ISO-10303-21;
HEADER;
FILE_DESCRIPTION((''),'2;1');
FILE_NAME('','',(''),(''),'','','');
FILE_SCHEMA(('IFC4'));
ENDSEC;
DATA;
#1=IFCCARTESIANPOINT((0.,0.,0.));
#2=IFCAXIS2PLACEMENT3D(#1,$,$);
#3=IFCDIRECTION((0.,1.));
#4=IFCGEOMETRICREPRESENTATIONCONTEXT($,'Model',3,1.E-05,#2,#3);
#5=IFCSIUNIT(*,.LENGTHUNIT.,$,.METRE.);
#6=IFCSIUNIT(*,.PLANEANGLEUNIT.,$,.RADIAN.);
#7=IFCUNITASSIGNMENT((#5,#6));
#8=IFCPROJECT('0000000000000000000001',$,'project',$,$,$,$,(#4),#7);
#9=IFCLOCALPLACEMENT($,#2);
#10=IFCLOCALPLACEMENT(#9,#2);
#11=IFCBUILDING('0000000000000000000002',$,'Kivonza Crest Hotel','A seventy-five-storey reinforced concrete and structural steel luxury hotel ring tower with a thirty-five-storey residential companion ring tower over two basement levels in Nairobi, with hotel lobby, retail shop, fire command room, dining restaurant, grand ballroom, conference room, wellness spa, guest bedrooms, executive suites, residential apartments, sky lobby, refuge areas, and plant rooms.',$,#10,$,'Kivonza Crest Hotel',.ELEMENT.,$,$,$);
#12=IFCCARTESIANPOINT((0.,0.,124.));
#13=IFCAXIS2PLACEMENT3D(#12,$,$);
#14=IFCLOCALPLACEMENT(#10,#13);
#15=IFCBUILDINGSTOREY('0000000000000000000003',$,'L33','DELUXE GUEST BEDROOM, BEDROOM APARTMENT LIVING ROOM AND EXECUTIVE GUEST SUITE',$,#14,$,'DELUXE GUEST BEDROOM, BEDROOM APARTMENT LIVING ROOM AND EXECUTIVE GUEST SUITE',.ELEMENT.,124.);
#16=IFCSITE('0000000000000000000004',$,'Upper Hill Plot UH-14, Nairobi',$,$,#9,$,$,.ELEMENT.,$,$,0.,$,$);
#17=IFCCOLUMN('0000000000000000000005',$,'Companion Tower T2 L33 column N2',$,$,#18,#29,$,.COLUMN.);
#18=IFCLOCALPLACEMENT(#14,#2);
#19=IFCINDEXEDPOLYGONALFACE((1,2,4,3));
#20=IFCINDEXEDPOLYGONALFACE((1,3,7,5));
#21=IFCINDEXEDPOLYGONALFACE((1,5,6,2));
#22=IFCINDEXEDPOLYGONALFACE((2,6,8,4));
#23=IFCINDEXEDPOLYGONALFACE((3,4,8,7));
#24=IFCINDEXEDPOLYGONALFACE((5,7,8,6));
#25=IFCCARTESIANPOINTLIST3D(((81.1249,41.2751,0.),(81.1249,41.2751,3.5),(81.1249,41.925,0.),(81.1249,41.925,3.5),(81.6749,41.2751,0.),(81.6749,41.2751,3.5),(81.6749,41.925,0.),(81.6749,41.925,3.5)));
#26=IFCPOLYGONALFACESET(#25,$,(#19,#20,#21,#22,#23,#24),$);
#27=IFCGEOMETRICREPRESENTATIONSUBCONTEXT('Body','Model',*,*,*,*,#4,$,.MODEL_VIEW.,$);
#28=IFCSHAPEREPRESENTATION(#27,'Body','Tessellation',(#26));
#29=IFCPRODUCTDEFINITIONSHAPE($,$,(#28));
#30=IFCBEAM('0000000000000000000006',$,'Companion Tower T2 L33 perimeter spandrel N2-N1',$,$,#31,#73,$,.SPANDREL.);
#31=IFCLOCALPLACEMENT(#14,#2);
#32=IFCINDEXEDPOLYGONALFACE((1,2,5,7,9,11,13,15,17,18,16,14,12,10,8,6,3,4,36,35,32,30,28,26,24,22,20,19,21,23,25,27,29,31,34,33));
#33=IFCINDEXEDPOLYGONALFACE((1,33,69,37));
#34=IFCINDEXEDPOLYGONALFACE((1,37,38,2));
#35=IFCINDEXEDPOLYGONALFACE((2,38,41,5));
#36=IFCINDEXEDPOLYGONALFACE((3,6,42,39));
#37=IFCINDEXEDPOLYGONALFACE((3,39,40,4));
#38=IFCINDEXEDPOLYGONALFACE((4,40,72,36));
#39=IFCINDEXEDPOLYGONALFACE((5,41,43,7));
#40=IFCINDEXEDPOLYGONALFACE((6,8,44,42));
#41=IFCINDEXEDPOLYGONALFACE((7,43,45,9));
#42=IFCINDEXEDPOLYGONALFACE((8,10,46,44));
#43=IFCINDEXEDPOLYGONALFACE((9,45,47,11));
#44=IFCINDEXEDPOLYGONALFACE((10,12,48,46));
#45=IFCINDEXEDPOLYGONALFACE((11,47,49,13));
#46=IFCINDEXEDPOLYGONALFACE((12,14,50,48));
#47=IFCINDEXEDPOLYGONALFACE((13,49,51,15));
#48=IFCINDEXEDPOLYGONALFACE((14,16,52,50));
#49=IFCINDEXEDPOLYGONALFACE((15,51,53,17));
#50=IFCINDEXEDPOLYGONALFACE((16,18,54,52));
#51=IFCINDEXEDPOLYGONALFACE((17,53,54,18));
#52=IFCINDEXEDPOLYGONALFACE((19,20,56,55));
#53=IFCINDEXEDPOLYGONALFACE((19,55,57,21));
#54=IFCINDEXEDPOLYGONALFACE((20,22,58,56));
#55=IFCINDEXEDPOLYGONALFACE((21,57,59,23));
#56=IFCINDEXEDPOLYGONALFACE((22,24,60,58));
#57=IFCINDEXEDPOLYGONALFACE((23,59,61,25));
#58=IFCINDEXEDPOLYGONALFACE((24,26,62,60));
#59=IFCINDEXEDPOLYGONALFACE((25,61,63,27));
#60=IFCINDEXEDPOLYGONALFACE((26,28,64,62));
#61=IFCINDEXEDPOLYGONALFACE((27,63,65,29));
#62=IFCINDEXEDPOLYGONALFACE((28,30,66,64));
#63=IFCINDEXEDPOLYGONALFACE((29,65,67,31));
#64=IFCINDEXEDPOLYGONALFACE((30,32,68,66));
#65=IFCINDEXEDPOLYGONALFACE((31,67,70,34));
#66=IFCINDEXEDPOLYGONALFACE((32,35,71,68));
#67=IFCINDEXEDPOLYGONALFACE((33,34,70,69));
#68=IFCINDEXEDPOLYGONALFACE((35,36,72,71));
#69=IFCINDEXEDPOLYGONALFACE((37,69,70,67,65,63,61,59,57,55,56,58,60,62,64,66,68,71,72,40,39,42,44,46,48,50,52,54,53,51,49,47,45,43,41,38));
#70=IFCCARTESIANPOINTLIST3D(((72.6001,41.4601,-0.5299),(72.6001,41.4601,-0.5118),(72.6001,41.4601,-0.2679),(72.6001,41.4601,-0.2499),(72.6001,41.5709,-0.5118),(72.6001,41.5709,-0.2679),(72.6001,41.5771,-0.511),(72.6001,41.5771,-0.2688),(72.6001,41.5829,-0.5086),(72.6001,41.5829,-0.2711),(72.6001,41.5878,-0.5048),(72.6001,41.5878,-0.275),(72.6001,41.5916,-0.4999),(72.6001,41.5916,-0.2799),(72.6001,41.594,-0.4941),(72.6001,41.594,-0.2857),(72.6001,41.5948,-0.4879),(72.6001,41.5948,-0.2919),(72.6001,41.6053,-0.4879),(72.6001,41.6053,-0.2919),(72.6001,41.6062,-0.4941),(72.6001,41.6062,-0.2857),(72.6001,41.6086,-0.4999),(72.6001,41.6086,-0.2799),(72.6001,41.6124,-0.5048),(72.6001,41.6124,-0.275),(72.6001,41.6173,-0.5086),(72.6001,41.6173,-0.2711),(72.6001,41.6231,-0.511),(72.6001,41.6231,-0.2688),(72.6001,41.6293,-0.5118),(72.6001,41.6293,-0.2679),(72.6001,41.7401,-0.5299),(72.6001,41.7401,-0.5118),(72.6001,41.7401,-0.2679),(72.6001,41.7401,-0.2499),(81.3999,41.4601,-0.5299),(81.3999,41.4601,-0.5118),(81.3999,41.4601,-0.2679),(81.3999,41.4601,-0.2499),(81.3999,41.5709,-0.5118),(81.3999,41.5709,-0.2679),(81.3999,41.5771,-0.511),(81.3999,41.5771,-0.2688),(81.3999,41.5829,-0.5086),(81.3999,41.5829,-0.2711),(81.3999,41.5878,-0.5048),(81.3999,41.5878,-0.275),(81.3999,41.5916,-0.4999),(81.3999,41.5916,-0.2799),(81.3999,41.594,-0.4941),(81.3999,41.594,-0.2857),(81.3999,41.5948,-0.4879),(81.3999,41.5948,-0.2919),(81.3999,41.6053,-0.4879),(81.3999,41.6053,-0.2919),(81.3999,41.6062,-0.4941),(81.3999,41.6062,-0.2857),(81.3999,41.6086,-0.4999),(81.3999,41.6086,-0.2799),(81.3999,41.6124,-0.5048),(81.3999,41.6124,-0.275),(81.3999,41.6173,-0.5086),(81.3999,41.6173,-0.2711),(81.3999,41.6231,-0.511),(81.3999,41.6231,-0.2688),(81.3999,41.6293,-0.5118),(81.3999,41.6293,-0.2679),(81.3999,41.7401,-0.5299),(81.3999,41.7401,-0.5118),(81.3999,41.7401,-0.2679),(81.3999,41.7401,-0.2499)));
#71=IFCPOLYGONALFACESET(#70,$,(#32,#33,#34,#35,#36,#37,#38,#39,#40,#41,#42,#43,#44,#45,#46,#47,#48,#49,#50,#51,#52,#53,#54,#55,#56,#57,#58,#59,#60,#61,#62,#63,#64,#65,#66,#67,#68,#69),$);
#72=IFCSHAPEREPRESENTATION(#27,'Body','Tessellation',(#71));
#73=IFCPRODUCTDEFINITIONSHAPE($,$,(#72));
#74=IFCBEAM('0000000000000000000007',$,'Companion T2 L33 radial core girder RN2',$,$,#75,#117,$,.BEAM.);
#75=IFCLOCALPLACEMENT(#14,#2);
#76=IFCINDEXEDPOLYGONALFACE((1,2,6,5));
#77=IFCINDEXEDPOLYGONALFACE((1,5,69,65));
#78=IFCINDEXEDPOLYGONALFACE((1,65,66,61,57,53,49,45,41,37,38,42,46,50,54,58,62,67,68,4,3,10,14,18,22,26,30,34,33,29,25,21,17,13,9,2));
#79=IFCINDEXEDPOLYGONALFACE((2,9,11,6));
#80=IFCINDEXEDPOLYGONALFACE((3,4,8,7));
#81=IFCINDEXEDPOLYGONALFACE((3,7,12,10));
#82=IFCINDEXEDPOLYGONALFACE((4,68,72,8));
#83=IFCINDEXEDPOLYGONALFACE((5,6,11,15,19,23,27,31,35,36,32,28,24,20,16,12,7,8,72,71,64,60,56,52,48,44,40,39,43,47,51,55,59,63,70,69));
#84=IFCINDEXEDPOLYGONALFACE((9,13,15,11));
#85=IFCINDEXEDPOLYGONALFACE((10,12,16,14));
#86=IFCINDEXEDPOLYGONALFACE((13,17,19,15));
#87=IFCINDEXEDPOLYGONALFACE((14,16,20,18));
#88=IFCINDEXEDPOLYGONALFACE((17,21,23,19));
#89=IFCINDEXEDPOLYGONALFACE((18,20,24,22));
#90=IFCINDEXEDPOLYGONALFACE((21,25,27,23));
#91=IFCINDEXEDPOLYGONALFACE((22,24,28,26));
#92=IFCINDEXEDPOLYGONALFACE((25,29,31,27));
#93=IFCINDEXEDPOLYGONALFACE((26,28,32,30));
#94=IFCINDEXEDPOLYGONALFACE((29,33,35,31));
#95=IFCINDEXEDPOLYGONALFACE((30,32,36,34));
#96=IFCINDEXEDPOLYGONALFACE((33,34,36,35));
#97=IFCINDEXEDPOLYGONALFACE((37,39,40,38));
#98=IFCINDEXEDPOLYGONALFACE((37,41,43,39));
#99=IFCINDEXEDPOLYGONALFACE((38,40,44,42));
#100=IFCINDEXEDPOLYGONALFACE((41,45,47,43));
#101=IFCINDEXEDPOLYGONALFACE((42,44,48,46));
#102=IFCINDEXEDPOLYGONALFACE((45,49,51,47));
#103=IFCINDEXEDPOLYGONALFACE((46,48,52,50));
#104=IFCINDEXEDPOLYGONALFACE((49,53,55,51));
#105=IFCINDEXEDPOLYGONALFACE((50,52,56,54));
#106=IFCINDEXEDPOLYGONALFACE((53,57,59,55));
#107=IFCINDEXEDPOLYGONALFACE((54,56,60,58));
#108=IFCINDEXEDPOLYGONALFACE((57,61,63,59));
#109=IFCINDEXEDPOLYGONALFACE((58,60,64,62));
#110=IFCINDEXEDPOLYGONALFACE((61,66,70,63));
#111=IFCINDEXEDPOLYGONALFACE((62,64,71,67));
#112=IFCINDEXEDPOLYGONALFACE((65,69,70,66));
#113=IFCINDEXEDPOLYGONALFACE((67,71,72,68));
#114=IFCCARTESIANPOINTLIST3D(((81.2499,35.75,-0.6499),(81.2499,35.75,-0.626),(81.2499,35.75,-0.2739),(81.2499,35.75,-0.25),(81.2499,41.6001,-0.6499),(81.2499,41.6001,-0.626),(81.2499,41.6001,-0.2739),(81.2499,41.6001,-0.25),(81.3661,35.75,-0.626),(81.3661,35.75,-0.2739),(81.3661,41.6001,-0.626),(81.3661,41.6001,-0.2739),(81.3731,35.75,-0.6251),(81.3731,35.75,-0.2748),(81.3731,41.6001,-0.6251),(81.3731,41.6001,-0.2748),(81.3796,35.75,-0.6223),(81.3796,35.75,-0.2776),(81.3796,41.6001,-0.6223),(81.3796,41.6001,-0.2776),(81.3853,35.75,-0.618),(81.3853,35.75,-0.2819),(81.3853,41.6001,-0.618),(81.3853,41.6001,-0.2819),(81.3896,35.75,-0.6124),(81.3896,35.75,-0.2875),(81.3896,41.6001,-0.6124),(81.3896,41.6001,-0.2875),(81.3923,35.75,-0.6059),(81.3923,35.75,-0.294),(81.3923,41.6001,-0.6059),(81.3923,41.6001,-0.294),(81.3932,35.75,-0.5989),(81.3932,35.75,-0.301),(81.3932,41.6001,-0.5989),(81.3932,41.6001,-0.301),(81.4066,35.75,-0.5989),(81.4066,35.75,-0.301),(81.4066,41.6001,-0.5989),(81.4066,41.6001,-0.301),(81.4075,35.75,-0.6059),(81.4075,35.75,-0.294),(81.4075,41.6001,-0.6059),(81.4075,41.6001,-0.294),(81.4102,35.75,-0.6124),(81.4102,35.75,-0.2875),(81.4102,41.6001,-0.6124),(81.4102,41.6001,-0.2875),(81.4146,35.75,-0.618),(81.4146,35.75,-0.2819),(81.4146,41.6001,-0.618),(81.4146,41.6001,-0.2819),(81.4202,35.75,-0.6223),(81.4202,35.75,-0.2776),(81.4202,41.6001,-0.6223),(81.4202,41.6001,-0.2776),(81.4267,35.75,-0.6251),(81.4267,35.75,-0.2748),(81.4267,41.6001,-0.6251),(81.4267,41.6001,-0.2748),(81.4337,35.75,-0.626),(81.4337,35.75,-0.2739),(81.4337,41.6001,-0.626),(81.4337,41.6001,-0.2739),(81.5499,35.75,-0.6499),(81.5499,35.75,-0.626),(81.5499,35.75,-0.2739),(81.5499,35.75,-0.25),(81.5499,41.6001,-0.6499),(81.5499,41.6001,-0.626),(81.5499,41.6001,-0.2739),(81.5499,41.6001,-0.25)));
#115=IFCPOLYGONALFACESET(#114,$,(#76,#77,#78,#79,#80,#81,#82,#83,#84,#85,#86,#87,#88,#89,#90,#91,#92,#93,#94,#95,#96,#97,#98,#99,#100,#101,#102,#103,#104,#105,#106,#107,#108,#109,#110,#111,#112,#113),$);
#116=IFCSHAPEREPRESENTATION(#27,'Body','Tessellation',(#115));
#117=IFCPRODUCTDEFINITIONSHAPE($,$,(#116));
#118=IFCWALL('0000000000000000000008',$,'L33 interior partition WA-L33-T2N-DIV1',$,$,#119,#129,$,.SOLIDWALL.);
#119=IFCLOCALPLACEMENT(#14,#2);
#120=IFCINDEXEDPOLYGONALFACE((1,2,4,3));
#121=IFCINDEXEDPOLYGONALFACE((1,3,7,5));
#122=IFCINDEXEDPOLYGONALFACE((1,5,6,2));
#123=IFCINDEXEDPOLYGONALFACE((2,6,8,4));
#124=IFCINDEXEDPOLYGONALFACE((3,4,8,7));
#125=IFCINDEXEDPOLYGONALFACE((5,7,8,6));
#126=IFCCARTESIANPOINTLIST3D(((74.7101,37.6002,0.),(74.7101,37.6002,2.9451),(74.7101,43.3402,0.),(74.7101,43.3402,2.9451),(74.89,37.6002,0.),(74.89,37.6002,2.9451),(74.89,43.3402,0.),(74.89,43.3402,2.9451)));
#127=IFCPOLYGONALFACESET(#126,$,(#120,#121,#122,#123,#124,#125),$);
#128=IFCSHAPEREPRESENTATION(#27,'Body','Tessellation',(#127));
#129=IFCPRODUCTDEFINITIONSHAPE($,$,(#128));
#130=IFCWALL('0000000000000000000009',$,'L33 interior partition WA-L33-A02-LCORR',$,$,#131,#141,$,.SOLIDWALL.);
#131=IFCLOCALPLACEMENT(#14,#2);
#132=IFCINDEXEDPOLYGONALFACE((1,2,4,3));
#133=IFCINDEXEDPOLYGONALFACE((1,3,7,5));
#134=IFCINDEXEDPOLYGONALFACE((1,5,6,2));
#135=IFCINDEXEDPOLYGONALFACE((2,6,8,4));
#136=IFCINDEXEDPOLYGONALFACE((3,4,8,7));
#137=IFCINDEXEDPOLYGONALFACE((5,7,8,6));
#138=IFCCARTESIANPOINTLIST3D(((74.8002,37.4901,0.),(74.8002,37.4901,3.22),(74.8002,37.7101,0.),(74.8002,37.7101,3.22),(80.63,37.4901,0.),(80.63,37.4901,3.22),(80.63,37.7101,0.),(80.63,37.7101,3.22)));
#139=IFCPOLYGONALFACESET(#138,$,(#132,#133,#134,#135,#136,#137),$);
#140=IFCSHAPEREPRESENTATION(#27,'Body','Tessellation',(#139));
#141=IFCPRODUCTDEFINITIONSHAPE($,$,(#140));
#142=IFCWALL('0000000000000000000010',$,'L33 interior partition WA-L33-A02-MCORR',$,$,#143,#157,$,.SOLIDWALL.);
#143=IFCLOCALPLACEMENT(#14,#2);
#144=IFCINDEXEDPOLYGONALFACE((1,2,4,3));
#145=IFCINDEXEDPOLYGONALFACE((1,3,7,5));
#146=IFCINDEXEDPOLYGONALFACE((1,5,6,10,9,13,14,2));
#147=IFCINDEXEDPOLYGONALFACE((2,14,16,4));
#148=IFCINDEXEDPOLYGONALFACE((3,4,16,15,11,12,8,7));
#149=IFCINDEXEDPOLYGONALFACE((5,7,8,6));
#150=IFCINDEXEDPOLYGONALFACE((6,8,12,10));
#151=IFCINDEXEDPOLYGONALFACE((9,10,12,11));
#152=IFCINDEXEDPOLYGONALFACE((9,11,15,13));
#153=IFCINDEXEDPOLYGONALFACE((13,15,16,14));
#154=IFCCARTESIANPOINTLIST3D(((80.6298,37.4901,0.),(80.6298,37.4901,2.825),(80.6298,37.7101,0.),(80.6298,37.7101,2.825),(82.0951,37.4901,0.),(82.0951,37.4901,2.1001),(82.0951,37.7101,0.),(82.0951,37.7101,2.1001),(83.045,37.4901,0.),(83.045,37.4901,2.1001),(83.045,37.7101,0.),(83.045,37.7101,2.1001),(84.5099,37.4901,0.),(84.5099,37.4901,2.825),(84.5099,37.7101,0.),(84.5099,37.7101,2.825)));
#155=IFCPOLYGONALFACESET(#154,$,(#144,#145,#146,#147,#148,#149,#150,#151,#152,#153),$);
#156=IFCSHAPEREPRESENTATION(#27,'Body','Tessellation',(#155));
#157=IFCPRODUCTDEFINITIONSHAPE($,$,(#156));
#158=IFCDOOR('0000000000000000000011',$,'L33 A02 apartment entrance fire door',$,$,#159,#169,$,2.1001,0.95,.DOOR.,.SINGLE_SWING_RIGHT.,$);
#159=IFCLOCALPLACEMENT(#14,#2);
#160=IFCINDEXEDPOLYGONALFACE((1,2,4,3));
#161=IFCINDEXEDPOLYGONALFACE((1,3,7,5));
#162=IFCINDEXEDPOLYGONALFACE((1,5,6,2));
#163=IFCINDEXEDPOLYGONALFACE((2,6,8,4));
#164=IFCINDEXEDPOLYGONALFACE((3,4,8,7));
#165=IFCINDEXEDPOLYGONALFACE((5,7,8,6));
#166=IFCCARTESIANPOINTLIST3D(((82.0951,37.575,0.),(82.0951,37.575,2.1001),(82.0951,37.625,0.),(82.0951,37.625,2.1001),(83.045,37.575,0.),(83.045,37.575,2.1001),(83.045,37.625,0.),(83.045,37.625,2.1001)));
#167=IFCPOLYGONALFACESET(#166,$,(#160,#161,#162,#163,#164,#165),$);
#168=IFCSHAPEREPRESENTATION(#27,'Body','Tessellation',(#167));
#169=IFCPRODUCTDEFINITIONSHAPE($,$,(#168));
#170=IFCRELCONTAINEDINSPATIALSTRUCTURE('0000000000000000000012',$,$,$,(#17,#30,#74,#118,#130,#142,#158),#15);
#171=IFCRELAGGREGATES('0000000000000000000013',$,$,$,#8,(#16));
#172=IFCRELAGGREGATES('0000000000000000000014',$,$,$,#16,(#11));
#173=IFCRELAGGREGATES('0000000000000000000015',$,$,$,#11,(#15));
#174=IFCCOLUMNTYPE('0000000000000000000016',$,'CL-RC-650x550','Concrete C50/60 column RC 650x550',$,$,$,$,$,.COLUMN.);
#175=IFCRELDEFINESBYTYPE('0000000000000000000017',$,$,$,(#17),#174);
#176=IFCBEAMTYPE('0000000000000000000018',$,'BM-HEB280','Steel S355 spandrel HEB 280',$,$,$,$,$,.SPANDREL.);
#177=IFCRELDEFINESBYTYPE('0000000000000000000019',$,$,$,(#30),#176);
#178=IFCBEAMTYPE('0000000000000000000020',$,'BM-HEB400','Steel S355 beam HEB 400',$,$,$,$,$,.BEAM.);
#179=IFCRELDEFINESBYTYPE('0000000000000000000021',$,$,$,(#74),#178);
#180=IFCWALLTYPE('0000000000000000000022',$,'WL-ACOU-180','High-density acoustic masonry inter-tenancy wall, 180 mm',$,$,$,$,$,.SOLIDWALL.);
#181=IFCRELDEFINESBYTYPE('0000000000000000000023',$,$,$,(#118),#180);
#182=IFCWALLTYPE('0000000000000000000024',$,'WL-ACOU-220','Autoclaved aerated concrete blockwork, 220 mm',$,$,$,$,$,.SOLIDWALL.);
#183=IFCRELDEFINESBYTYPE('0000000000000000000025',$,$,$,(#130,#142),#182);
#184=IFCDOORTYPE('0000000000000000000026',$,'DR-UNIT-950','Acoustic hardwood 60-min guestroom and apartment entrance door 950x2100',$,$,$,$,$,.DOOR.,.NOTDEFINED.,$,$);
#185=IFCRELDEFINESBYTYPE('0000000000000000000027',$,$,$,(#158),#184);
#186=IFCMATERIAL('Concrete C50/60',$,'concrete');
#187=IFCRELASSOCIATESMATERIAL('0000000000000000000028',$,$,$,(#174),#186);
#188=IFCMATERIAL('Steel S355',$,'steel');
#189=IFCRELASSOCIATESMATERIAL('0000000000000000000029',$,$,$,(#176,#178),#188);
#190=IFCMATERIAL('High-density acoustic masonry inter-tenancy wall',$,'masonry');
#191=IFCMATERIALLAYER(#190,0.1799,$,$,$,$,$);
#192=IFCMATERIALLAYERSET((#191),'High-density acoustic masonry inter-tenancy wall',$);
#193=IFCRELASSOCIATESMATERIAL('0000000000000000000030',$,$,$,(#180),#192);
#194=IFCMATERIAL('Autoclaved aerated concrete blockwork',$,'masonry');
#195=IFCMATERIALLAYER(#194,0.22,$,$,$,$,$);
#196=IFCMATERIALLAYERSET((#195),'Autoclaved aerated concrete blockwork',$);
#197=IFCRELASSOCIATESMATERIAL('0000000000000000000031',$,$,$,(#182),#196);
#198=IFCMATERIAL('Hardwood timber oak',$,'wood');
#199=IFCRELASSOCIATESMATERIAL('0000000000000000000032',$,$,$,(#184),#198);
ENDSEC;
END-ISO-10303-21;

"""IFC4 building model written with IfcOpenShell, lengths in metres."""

from ifc_helpers import new_model, si_unit, direction, frame, frame_2d, origin, origin_2d, place, context, subcontext, project, spatial, rectangle, i_section, extrude, material, layer, layer_set, material_profile, profile_set, type_object, element, fill, save


model = new_model("IFC4")

# Units and contexts
model_context = context("Model", 3, precision=1e-05, world=origin(), true_north=direction((0.0, 1.0)))
body_context = subcontext(model_context, "Body", "Model", "MODEL_VIEW")
ifc_project = project(units=[si_unit("LENGTHUNIT", "METRE"), si_unit("PLANEANGLEUNIT", "RADIAN")], contexts=[model_context])

# Site, building, storey
site_placement = place(None, origin())
site = spatial("IfcSite", under=ifc_project, at=site_placement, Name="Upper Hill Plot UH-14, Nairobi", CompositionType="ELEMENT", RefElevation=0.0)
building_placement = place(site_placement, origin())
building = spatial("IfcBuilding", under=site, at=building_placement, Name="Kivonza Crest Hotel", Description="A seventy-five-storey reinforced concrete and structural steel luxury hotel ring tower with a thirty-five-storey residential companion ring tower over two basement levels in Nairobi, with hotel lobby, retail shop, fire command room, dining restaurant, grand ballroom, conference room, wellness spa, guest bedrooms, executive suites, residential apartments, sky lobby, refuge areas, and plant rooms.", LongName="Kivonza Crest Hotel", CompositionType="ELEMENT")
storey_placement = place(building_placement, frame((0.0, 0.0, 124.0)))
storey = spatial("IfcBuildingStorey", under=building, at=storey_placement, Name="L33", Description="DELUXE GUEST BEDROOM, BEDROOM APARTMENT LIVING ROOM AND EXECUTIVE GUEST SUITE", LongName="DELUXE GUEST BEDROOM, BEDROOM APARTMENT LIVING ROOM AND EXECUTIVE GUEST SUITE", CompositionType="ELEMENT", Elevation=124.0)

# Column
ifc_material_1 = material(Name="Concrete C50/60", Category="concrete")
ifc_material_profile_1 = material_profile(ifc_material_1, rectangle(XDim=0.55, YDim=0.6499, at=origin_2d()), Name="RC 650x550")
ifc_profile_set_1 = profile_set([ifc_material_profile_1], Name="Concrete C50/60")
column_type = type_object("IfcColumnType", Name="CL-RC-650x550", Description="Concrete C50/60 column RC 650x550", PredefinedType="COLUMN", material=ifc_profile_set_1)
column_placement = place(storey_placement, frame((81.3999, 41.6001, 0.0), z_axis=(0.0, 0.0, 1.0), x_axis=(1.0, 0.0, 0.0)))
element("IfcColumn", 1, at=column_placement, inside=storey, type_object=column_type, Name="Companion Tower T2 L33 column N2", PredefinedType="COLUMN", context=body_context, shape_type="SweptSolid", body=[
    extrude(rectangle(XDim=0.55, YDim=0.6499, at=origin_2d()), origin(), (0.0, 0.0, 1.0), 3.5),
])

# Beams
ifc_material_2 = material(Name="Steel S355", Category="steel")
ifc_material_profile_2 = material_profile(ifc_material_2, i_section(OverallWidth=0.28, OverallDepth=0.28, WebThickness=0.0105, FlangeThickness=0.0181, FilletRadius=0.0239, at=origin_2d()), Name="HEB 280")
ifc_profile_set_2 = profile_set([ifc_material_profile_2], Name="Steel S355")
beam_type_1 = type_object("IfcBeamType", Name="BM-HEB280", Description="Steel S355 spandrel HEB 280", PredefinedType="SPANDREL", material=ifc_profile_set_2)
beam_1_placement = place(storey_placement, frame((81.3999, 41.6001, -0.3899), z_axis=(-1.0, 0.0, 0.0), x_axis=(0.0, -1.0, 0.0)))
element("IfcBeam", 2, at=beam_1_placement, inside=storey, type_object=beam_type_1, Name="Companion Tower T2 L33 perimeter spandrel N2-N1", PredefinedType="SPANDREL", context=body_context, shape_type="SweptSolid", body=[
    extrude(i_section(OverallWidth=0.28, OverallDepth=0.28, WebThickness=0.0105, FlangeThickness=0.0181, FilletRadius=0.0239, at=origin_2d()), origin(), (0.0, 0.0, 1.0), 8.7998),
])
ifc_material_profile_3 = material_profile(ifc_material_2, i_section(OverallWidth=0.3, OverallDepth=0.3999, WebThickness=0.0134, FlangeThickness=0.0239, FilletRadius=0.0271, at=origin_2d()), Name="HEB 400")
ifc_profile_set_3 = profile_set([ifc_material_profile_3], Name="Steel S355")
beam_type_2 = type_object("IfcBeamType", Name="BM-HEB400", Description="Steel S355 beam HEB 400", PredefinedType="BEAM", material=ifc_profile_set_3)
beam_2_placement = place(storey_placement, frame((81.3999, 41.6001, -0.45), z_axis=(0.0, -1.0, 0.0), x_axis=(1.0, 0.0, 0.0)))
element("IfcBeam", 3, at=beam_2_placement, inside=storey, type_object=beam_type_2, Name="Companion T2 L33 radial core girder RN2", PredefinedType="BEAM", context=body_context, shape_type="SweptSolid", body=[
    extrude(i_section(OverallWidth=0.3, OverallDepth=0.3999, WebThickness=0.0134, FlangeThickness=0.0239, FilletRadius=0.0271, at=origin_2d()), origin(), (0.0, 0.0, 1.0), 5.8501),
])

# Walls
ifc_material_3 = material(Name="High-density acoustic masonry inter-tenancy wall", Category="masonry")
ifc_layer_1 = layer(ifc_material_3, 0.1799)
ifc_layer_set_1 = layer_set([ifc_layer_1], Name="High-density acoustic masonry inter-tenancy wall")
wall_type_1 = type_object("IfcWallType", Name="WL-ACOU-180", Description="High-density acoustic masonry inter-tenancy wall, 180 mm", PredefinedType="SOLIDWALL", material=ifc_layer_set_1)
wall_1_placement = place(storey_placement, frame((74.8, 37.6001, 0.0), z_axis=(0.0, 0.0, 1.0), x_axis=(0.0, 1.0, 0.0)))
element("IfcWall", 4, at=wall_1_placement, inside=storey, type_object=wall_type_1, Name="L33 interior partition WA-L33-T2N-DIV1", PredefinedType="SOLIDWALL", context=body_context, shape_type="SweptSolid", body=[
    extrude(rectangle(XDim=5.74, YDim=0.1799, at=frame_2d((2.8701, 0.0))), origin(), (0.0, 0.0, 1.0), 2.9451),
])
ifc_material_4 = material(Name="Autoclaved aerated concrete blockwork", Category="masonry")
ifc_layer_2 = layer(ifc_material_4, 0.22)
ifc_layer_set_2 = layer_set([ifc_layer_2], Name="Autoclaved aerated concrete blockwork")
wall_type_2 = type_object("IfcWallType", Name="WL-ACOU-220", Description="Autoclaved aerated concrete blockwork, 220 mm", PredefinedType="SOLIDWALL", material=ifc_layer_set_2)
wall_2_placement = place(storey_placement, frame((74.8, 37.6001, 0.0), z_axis=(0.0, 0.0, 1.0), x_axis=(1.0, 0.0, 0.0)))
element("IfcWall", 5, at=wall_2_placement, inside=storey, type_object=wall_type_2, Name="L33 interior partition WA-L33-A02-LCORR", PredefinedType="SOLIDWALL", context=body_context, shape_type="SweptSolid", body=[
    extrude(rectangle(XDim=5.8298, YDim=0.22, at=frame_2d((2.915, 0.0))), origin(), (0.0, 0.0, 1.0), 3.22),
])

# Wall, opening, door
wall_3_placement = place(storey_placement, frame((80.6299, 37.6001, 0.0), z_axis=(0.0, 0.0, 1.0), x_axis=(1.0, 0.0, 0.0)))
wall_3 = element("IfcWall", 6, at=wall_3_placement, inside=storey, type_object=wall_type_2, Name="L33 interior partition WA-L33-A02-MCORR", PredefinedType="SOLIDWALL", context=body_context, shape_type="SweptSolid", body=[
    extrude(rectangle(XDim=3.8801, YDim=0.22, at=frame_2d((1.9399, 0.0))), origin(), (0.0, 0.0, 1.0), 2.825),
])
opening_1_placement = place(wall_3_placement, frame((1.4651, 0.0, 0.0)))
opening_1 = element("IfcOpeningElement", 7, at=opening_1_placement, cuts=wall_3, PredefinedType="OPENING", context=body_context, shape_type="SweptSolid", body=[
    extrude(rectangle(XDim=0.95, YDim=2.1001, at=frame_2d((0.4751, 1.05))), frame((0.0, 0.1201, 0.0), z_axis=(0.0, -1.0, 0.0), x_axis=(1.0, 0.0, 0.0)), (0.0, 0.0, 1.0), 0.24),
])
ifc_material_5 = material(Name="Hardwood timber oak", Category="wood")
door_type_1 = type_object("IfcDoorType", Name="DR-UNIT-950", Description="Acoustic hardwood 60-min guestroom and apartment entrance door 950x2100", OperationType="NOTDEFINED", PredefinedType="DOOR", material=ifc_material_5)
door_1_placement = place(opening_1_placement, origin())
door_1 = element("IfcDoor", 8, at=door_1_placement, inside=storey, type_object=door_type_1, Name="L33 A02 apartment entrance fire door", OperationType="SINGLE_SWING_RIGHT", OverallHeight=2.1001, OverallWidth=0.95, PredefinedType="DOOR", context=body_context, shape_type="SweptSolid", body=[
    extrude(rectangle(XDim=0.95, YDim=2.1001, at=frame_2d((0.4751, 1.05))), frame((0.0, 0.0249, 0.0), z_axis=(0.0, -1.0, 0.0), x_axis=(1.0, 0.0, 0.0)), (0.0, 0.0, 1.0), 0.05),
])
fill(opening_1, door_1)

save(model, "model.ifc")
